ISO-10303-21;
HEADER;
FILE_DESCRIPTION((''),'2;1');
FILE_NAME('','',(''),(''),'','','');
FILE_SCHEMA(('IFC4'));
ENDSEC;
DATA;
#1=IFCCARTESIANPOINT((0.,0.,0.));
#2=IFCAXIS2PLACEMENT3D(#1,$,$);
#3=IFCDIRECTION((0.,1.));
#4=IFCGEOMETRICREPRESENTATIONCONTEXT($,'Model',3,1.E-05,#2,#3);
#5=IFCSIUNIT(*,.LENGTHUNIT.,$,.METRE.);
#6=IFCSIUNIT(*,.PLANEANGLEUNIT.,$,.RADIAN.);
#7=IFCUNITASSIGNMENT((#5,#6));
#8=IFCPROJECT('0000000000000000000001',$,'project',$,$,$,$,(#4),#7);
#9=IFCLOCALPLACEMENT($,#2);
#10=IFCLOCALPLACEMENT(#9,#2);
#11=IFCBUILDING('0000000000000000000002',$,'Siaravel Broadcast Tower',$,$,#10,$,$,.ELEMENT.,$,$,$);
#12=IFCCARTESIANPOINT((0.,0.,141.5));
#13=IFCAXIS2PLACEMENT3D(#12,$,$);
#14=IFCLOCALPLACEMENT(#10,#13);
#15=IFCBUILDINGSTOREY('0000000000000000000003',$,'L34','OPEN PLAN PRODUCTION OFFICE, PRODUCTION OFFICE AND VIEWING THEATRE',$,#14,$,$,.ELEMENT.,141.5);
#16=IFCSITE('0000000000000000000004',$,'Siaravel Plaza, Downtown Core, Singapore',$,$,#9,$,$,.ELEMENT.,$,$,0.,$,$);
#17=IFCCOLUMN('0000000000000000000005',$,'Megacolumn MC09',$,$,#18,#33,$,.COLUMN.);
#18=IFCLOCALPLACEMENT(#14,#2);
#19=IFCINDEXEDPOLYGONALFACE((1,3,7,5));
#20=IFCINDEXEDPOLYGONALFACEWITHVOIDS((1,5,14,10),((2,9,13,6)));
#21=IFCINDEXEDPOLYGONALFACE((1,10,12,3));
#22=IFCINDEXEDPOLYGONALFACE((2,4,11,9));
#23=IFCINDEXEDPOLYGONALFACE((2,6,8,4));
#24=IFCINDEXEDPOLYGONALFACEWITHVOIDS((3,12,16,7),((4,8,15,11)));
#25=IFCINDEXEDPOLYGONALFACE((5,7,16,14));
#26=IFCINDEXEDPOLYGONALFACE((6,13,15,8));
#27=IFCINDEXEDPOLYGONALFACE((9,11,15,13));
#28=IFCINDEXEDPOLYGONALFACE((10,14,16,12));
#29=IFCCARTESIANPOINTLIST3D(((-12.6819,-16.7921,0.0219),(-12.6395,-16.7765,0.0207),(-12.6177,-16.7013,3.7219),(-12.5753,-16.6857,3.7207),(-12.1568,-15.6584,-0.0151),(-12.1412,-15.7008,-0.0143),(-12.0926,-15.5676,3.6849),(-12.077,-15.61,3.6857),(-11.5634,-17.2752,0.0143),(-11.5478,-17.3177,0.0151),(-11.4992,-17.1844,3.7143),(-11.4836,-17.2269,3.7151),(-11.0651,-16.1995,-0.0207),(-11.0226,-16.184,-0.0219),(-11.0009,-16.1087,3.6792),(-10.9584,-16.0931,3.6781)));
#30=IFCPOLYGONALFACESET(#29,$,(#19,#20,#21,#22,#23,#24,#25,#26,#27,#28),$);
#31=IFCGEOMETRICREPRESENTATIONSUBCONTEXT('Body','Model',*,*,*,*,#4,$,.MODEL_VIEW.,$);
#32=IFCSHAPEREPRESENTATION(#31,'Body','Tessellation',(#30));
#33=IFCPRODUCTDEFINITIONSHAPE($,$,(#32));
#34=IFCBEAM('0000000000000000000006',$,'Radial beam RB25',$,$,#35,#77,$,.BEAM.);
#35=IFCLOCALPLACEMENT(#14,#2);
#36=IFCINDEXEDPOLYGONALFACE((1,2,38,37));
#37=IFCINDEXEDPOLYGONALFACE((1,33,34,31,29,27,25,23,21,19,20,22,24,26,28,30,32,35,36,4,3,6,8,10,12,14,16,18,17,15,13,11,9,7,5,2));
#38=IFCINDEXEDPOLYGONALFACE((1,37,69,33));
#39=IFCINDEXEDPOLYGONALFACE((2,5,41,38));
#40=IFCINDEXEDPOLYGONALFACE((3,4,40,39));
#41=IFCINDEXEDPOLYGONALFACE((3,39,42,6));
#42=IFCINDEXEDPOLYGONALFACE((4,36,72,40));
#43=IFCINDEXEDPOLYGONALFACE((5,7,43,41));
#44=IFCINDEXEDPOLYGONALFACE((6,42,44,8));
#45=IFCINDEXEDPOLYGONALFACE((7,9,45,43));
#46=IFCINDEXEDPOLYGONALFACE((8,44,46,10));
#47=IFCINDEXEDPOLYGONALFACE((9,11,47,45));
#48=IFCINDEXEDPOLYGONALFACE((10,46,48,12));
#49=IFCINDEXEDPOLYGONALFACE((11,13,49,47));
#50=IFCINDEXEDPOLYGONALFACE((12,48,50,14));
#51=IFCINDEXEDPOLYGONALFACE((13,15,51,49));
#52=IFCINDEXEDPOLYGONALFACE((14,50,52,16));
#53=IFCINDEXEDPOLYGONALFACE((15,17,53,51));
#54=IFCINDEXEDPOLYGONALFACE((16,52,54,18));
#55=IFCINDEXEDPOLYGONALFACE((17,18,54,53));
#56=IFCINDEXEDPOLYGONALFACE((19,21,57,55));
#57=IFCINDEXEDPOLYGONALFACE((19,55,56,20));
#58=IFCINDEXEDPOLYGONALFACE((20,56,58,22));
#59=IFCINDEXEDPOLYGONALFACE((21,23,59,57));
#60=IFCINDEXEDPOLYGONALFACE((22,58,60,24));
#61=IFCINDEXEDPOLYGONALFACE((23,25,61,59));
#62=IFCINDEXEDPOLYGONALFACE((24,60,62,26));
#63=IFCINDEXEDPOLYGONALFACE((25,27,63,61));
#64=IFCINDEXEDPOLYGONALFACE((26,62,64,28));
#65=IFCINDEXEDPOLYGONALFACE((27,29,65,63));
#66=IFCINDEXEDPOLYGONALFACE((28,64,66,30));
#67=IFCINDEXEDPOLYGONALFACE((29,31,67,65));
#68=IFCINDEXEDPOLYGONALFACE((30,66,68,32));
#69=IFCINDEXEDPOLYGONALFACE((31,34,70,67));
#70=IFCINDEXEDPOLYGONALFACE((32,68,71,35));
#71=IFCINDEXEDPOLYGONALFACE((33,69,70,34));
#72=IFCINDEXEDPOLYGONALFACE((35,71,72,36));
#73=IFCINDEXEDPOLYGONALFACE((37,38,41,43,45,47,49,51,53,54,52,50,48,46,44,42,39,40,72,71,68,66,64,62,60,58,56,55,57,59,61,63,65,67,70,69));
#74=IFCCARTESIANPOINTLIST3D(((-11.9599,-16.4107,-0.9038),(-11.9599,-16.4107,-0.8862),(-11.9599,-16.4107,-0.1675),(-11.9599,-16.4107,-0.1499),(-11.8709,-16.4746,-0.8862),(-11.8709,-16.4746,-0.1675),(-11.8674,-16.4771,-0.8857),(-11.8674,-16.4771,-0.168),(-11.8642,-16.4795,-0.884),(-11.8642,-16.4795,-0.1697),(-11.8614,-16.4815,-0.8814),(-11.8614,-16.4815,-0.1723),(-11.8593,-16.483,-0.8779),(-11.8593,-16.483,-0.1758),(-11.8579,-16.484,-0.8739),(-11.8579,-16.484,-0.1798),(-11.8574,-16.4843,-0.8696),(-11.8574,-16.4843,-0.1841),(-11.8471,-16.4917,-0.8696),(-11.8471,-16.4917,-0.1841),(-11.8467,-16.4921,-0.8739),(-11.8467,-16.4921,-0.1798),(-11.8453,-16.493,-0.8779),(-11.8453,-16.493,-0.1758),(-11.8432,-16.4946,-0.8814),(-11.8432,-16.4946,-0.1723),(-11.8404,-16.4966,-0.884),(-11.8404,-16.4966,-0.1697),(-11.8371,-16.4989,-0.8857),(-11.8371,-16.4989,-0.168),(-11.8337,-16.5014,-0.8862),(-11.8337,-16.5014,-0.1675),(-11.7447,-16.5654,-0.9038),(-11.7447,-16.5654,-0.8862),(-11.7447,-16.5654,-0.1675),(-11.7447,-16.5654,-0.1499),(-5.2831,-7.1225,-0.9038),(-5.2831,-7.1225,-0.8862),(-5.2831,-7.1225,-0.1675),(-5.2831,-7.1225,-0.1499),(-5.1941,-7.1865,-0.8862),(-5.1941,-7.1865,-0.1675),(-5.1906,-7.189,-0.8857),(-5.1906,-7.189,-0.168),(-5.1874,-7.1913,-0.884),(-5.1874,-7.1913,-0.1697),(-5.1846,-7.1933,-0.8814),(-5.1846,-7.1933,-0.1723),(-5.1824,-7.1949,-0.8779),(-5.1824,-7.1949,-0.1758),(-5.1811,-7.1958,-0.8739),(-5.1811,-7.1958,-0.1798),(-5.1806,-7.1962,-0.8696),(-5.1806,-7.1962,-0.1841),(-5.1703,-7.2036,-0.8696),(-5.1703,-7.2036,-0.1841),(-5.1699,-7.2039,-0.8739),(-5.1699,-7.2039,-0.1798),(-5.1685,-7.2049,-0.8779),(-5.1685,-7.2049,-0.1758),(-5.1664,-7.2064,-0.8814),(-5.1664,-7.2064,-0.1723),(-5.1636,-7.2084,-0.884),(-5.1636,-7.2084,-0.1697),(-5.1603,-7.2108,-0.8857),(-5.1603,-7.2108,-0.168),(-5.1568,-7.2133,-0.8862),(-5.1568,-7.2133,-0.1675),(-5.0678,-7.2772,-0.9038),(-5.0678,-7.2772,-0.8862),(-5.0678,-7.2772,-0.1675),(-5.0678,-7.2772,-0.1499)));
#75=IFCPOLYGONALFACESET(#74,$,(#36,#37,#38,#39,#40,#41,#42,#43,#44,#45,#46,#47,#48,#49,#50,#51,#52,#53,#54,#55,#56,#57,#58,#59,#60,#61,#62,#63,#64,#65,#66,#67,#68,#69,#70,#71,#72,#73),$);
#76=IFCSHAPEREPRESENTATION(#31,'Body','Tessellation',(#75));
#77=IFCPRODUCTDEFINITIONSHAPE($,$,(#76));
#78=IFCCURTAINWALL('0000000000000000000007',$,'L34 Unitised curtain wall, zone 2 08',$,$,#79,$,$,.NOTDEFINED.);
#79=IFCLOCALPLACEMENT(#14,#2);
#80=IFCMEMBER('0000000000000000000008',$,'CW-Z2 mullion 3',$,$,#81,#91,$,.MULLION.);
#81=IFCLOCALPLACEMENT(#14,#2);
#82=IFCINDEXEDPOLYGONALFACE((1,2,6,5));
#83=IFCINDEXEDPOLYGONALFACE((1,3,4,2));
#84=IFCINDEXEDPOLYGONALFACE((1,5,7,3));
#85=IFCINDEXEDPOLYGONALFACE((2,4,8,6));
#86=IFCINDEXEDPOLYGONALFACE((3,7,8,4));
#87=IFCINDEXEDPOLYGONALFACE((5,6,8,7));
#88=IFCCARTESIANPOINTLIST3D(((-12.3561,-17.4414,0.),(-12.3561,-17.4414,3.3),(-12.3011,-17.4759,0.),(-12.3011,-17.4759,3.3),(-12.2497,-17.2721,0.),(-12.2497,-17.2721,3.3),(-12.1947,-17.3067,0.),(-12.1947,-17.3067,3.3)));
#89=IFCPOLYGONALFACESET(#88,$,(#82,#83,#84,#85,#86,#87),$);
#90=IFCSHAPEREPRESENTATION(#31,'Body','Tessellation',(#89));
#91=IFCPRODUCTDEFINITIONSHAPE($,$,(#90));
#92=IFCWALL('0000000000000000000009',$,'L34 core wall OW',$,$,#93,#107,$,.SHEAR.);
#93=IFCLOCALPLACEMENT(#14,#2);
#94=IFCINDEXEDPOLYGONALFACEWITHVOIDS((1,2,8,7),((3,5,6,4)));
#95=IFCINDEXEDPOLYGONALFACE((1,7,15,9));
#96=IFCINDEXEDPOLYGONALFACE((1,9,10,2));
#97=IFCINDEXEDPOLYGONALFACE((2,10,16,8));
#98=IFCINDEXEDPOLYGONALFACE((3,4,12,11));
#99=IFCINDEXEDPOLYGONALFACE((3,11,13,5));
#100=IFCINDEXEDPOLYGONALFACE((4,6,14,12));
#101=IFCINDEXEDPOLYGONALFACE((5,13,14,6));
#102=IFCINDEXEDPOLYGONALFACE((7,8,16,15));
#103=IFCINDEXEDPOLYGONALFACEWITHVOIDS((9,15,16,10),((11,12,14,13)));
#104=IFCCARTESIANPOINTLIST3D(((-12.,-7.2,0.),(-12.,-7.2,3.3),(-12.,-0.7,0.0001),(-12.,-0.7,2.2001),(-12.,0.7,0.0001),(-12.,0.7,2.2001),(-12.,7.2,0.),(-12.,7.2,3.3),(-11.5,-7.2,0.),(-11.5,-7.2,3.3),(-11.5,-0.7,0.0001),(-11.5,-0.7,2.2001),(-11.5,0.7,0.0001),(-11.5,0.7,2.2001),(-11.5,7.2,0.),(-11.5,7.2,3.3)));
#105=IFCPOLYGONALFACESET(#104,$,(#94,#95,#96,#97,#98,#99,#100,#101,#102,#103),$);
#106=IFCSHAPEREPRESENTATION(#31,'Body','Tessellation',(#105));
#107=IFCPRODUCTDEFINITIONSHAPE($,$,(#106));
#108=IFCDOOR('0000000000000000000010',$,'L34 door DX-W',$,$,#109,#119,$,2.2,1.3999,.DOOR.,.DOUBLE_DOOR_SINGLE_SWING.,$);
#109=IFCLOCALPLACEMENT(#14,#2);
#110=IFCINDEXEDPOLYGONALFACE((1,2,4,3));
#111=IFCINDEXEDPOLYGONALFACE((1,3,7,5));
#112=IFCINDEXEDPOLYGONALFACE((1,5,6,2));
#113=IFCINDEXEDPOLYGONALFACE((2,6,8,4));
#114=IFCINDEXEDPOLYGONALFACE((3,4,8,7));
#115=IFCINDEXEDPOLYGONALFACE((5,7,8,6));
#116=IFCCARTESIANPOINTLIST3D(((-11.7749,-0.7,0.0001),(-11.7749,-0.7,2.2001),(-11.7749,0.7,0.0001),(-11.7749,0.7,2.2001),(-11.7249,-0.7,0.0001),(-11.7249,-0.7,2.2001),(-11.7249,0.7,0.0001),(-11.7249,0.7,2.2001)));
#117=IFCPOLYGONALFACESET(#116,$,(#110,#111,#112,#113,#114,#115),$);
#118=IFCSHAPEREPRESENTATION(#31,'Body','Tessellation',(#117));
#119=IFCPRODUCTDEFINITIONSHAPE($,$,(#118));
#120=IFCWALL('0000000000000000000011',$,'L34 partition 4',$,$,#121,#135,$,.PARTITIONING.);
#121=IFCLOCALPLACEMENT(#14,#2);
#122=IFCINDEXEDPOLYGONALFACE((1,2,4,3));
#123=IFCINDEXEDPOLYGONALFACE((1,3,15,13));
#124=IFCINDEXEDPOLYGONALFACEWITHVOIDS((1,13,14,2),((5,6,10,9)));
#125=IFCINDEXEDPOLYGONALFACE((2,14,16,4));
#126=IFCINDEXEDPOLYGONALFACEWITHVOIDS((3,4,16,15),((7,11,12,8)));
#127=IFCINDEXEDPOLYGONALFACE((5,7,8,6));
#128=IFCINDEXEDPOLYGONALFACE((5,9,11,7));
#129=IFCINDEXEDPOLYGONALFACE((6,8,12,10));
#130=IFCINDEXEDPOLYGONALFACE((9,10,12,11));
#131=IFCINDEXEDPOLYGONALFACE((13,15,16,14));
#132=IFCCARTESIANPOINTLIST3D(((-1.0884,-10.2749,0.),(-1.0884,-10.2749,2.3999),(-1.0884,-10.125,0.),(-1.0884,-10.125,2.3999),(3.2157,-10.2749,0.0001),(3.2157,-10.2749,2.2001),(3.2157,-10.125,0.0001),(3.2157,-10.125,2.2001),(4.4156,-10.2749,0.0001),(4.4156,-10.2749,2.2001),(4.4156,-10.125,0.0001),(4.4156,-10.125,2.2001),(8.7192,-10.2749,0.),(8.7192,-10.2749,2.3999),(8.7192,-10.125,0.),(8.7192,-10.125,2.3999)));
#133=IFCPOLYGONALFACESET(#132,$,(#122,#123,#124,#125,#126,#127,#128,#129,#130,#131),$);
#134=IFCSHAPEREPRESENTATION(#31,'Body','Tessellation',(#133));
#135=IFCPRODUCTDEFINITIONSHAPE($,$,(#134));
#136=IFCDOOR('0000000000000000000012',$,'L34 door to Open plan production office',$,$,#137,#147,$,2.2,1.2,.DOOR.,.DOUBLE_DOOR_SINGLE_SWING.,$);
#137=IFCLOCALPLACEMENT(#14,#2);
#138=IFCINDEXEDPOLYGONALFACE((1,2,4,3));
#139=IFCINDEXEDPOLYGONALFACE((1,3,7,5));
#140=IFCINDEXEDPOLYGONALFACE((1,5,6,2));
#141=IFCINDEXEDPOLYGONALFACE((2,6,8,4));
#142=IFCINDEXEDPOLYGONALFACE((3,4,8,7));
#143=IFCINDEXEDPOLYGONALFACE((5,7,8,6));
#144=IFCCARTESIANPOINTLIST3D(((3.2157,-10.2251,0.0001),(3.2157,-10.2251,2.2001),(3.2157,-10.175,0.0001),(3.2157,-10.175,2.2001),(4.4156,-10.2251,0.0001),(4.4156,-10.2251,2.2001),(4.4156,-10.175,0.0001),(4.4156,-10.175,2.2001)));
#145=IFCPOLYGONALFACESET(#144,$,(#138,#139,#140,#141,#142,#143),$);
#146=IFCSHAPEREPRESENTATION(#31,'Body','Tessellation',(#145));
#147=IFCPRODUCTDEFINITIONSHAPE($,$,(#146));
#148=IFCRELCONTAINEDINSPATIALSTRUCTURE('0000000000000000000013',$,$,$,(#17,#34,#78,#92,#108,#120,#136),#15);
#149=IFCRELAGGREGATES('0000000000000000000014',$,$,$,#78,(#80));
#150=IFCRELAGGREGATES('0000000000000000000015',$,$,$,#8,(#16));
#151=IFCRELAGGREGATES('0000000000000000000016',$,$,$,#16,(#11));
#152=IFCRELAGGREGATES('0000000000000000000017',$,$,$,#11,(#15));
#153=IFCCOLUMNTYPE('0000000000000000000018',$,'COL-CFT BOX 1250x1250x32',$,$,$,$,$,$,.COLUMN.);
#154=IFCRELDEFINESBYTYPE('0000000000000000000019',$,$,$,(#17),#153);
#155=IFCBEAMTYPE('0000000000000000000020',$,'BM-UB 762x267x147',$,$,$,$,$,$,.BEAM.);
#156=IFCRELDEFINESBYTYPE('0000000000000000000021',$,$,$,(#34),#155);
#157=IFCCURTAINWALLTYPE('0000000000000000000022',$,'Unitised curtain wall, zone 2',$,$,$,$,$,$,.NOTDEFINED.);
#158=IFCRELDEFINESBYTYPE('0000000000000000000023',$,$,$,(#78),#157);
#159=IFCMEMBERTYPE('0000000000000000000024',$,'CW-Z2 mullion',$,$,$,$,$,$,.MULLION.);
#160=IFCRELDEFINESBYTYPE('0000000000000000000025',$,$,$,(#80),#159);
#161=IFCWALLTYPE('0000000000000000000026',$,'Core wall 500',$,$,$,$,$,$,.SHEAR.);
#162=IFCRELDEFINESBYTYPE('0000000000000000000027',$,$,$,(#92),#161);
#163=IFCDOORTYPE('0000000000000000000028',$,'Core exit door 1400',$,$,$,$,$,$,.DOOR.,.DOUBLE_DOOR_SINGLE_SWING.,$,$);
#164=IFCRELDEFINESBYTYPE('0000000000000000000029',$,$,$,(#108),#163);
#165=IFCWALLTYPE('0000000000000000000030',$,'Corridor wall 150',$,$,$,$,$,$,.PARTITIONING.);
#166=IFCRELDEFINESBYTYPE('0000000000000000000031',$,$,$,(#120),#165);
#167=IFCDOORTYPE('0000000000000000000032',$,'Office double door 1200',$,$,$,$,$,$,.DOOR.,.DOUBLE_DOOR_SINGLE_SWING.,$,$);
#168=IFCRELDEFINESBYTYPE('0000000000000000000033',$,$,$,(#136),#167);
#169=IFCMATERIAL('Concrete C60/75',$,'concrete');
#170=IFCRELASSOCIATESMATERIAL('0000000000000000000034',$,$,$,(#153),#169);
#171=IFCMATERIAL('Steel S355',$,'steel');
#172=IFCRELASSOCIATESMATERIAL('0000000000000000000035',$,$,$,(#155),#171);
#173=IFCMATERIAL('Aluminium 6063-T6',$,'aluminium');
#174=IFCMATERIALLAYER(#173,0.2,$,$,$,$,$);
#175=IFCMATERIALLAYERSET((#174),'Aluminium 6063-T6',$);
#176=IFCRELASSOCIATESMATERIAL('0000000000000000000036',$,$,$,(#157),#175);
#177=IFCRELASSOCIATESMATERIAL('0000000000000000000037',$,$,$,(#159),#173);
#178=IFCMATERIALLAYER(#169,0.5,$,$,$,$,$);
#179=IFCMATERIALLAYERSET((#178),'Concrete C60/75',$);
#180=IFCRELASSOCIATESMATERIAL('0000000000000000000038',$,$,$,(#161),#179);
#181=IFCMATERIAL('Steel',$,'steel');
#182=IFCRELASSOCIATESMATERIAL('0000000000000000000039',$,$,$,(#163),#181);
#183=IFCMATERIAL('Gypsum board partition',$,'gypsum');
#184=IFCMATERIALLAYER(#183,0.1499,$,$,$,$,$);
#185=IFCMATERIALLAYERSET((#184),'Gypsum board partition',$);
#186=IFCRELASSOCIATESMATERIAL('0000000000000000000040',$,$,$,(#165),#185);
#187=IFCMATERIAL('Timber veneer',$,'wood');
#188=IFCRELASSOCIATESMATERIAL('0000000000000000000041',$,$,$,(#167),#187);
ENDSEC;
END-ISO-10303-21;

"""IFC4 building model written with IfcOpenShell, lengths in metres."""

from ifc_helpers import new_model, si_unit, direction, frame, frame_2d, origin, origin_2d, place, context, subcontext, project, spatial, rectangle, hollow_rectangle, i_section, extrude, material, layer, layer_set, material_profile, profile_set, type_object, element, fill, aggregate, save


model = new_model("IFC4")

# Units and contexts
model_context = context("Model", 3, precision=1e-05, world=origin(), true_north=direction((0.0, 1.0)))
body_context = subcontext(model_context, "Body", "Model", "MODEL_VIEW")
ifc_project = project(units=[si_unit("LENGTHUNIT", "METRE"), si_unit("PLANEANGLEUNIT", "RADIAN")], contexts=[model_context])

# Site, building, storey
site_placement = place(None, origin())
site = spatial("IfcSite", under=ifc_project, at=site_placement, Name="Siaravel Plaza, Downtown Core, Singapore", CompositionType="ELEMENT", RefElevation=0.0)
building_placement = place(site_placement, origin())
building = spatial("IfcBuilding", under=site, at=building_placement, Name="Siaravel Broadcast Tower", CompositionType="ELEMENT")
storey_placement = place(building_placement, frame((0.0, 0.0, 141.5)))
storey = spatial("IfcBuildingStorey", under=building, at=storey_placement, Name="L34", Description="OPEN PLAN PRODUCTION OFFICE, PRODUCTION OFFICE AND VIEWING THEATRE", CompositionType="ELEMENT", Elevation=141.5)

# Column
ifc_material_1 = material(Name="Concrete C60/75", Category="concrete")
ifc_material_profile_1 = material_profile(ifc_material_1, hollow_rectangle(XDim=1.25, YDim=1.25, WallThickness=0.032, at=origin_2d()))
ifc_profile_set_1 = profile_set([ifc_material_profile_1], Name="Concrete C60/75")
column_type = type_object("IfcColumnType", Name="COL-CFT BOX 1250x1250x32", PredefinedType="COLUMN", material=ifc_profile_set_1)
column_placement = place(storey_placement, frame((-11.8523, -16.488, 0.0), z_axis=(0.017346, 0.024535, 0.999548), x_axis=(-0.907291, 0.420467, 0.005424)))
element("IfcColumn", 1, at=column_placement, inside=storey, type_object=column_type, Name="Megacolumn MC09", PredefinedType="COLUMN", context=body_context, shape_type="SweptSolid", body=[
    extrude(hollow_rectangle(XDim=1.25, YDim=1.25, WallThickness=0.032, at=origin_2d()), origin(), (0.0, 0.0, 1.0), 3.7017),
])

# Beam
ifc_material_2 = material(Name="Steel S355", Category="steel")
ifc_material_profile_2 = material_profile(ifc_material_2, i_section(OverallWidth=0.2651, OverallDepth=0.7539, WebThickness=0.0127, FlangeThickness=0.0176, FilletRadius=0.0166, at=origin_2d()))
ifc_profile_set_2 = profile_set([ifc_material_profile_2], Name="Steel S355")
beam_type = type_object("IfcBeamType", Name="BM-UB 762x267x147", PredefinedType="BEAM", material=ifc_profile_set_2)
beam_placement = place(storey_placement, frame((-11.8523, -16.488, -0.5269), z_axis=(0.583691, 0.811976, 0.0), x_axis=(-0.811976, 0.583691, 0.0)))
element("IfcBeam", 2, at=beam_placement, inside=storey, type_object=beam_type, Name="Radial beam RB25", PredefinedType="BEAM", context=body_context, shape_type="SweptSolid", body=[
    extrude(i_section(OverallWidth=0.2651, OverallDepth=0.7539, WebThickness=0.0127, FlangeThickness=0.0176, FilletRadius=0.0166, at=origin_2d()), origin(), (0.0, 0.0, 1.0), 11.439),
])

# Curtain wall, member
ifc_material_3 = material(Name="Aluminium 6063-T6", Category="aluminium")
ifc_layer_1 = layer(ifc_material_3, 0.2)
ifc_layer_set_1 = layer_set([ifc_layer_1], Name="Aluminium 6063-T6")
curtain_wall_type = type_object("IfcCurtainWallType", Name="Unitised curtain wall, zone 2", PredefinedType="NOTDEFINED", material=ifc_layer_set_1)
curtain_wall_placement = place(storey_placement, origin())
curtain_wall = element("IfcCurtainWall", 3, at=curtain_wall_placement, inside=storey, type_object=curtain_wall_type, Name="L34 Unitised curtain wall, zone 2 08", PredefinedType="NOTDEFINED")
ifc_material_profile_3 = material_profile(ifc_material_3, rectangle(XDim=0.2, YDim=0.0649, at=origin_2d()))
ifc_profile_set_3 = profile_set([ifc_material_profile_3], Name="Aluminium 6063-T6")
member_type = type_object("IfcMemberType", Name="CW-Z2 mullion", PredefinedType="MULLION", material=ifc_profile_set_3)
member_placement = place(storey_placement, frame((-12.2754, -17.374, 0.0), z_axis=(0.0, 0.0, 1.0), x_axis=(0.53215, 0.84665, 0.0)))
member = element("IfcMember", 4, at=member_placement, type_object=member_type, Name="CW-Z2 mullion 3", PredefinedType="MULLION", context=body_context, shape_type="SweptSolid", body=[
    extrude(rectangle(XDim=0.2, YDim=0.0649, at=origin_2d()), origin(), (0.0, 0.0, 1.0), 3.3),
])
aggregate(curtain_wall, [member])

# Walls, openings, doors
ifc_layer_2 = layer(ifc_material_1, 0.5)
ifc_layer_set_2 = layer_set([ifc_layer_2], Name="Concrete C60/75")
wall_type_1 = type_object("IfcWallType", Name="Core wall 500", PredefinedType="SHEAR", material=ifc_layer_set_2)
wall_1_placement = place(storey_placement, frame((-11.75, -7.2, 0.0), z_axis=(0.0, 0.0, 1.0), x_axis=(0.0, 1.0, 0.0)))
wall_1 = element("IfcWall", 5, at=wall_1_placement, inside=storey, type_object=wall_type_1, Name="L34 core wall OW", PredefinedType="SHEAR", context=body_context, shape_type="SweptSolid", body=[
    extrude(rectangle(XDim=14.3999, YDim=0.5, at=frame_2d((7.2, 0.0))), origin(), (0.0, 0.0, 1.0), 3.3),
])
opening_1_placement = place(wall_1_placement, frame((6.5, 0.0, 0.0)))
opening_1 = element("IfcOpeningElement", 6, at=opening_1_placement, cuts=wall_1, PredefinedType="OPENING", context=body_context, shape_type="SweptSolid", body=[
    extrude(rectangle(XDim=1.3999, YDim=2.2, at=frame_2d((0.7, 1.1001))), frame((0.0, 0.26, 0.0), z_axis=(0.0, -1.0, 0.0), x_axis=(1.0, 0.0, 0.0)), (0.0, 0.0, 1.0), 0.52),
])
ifc_material_4 = material(Name="Steel", Category="steel")
door_type_1 = type_object("IfcDoorType", Name="Core exit door 1400", OperationType="DOUBLE_DOOR_SINGLE_SWING", PredefinedType="DOOR", material=ifc_material_4)
door_1_placement = place(opening_1_placement, origin())
door_1 = element("IfcDoor", 7, at=door_1_placement, inside=storey, type_object=door_type_1, Name="L34 door DX-W", OperationType="DOUBLE_DOOR_SINGLE_SWING", OverallHeight=2.2, OverallWidth=1.3999, PredefinedType="DOOR", context=body_context, shape_type="SweptSolid", body=[
    extrude(rectangle(XDim=1.3999, YDim=2.2, at=frame_2d((0.7, 1.1001))), frame((0.0, 0.0249, 0.0), z_axis=(0.0, -1.0, 0.0), x_axis=(1.0, 0.0, 0.0)), (0.0, 0.0, 1.0), 0.05),
])
fill(opening_1, door_1)
ifc_material_5 = material(Name="Gypsum board partition", Category="gypsum")
ifc_layer_3 = layer(ifc_material_5, 0.1499)
ifc_layer_set_3 = layer_set([ifc_layer_3], Name="Gypsum board partition")
wall_type_2 = type_object("IfcWallType", Name="Corridor wall 150", PredefinedType="PARTITIONING", material=ifc_layer_set_3)
wall_2_placement = place(storey_placement, frame((-1.0884, -10.2, 0.0), z_axis=(0.0, 0.0, 1.0), x_axis=(1.0, 0.0, 0.0)))
wall_2 = element("IfcWall", 8, at=wall_2_placement, inside=storey, type_object=wall_type_2, Name="L34 partition 4", PredefinedType="PARTITIONING", context=body_context, shape_type="SweptSolid", body=[
    extrude(rectangle(XDim=9.8076, YDim=0.1499, at=frame_2d((4.9038, 0.0))), origin(), (0.0, 0.0, 1.0), 2.3999),
])
opening_2_placement = place(wall_2_placement, frame((4.304, 0.0, 0.0)))
opening_2 = element("IfcOpeningElement", 9, at=opening_2_placement, cuts=wall_2, PredefinedType="OPENING", context=body_context, shape_type="SweptSolid", body=[
    extrude(rectangle(XDim=1.2, YDim=2.2, at=frame_2d((0.6001, 1.1001))), frame((0.0, 0.085, 0.0), z_axis=(0.0, -1.0, 0.0), x_axis=(1.0, 0.0, 0.0)), (0.0, 0.0, 1.0), 0.1699),
])
ifc_material_6 = material(Name="Timber veneer", Category="wood")
door_type_2 = type_object("IfcDoorType", Name="Office double door 1200", OperationType="DOUBLE_DOOR_SINGLE_SWING", PredefinedType="DOOR", material=ifc_material_6)
door_2_placement = place(opening_2_placement, origin())
door_2 = element("IfcDoor", 10, at=door_2_placement, inside=storey, type_object=door_type_2, Name="L34 door to Open plan production office", OperationType="DOUBLE_DOOR_SINGLE_SWING", OverallHeight=2.2, OverallWidth=1.2, PredefinedType="DOOR", context=body_context, shape_type="SweptSolid", body=[
    extrude(rectangle(XDim=1.2, YDim=2.2, at=frame_2d((0.6001, 1.1001))), frame((0.0, 0.0249, 0.0), z_axis=(0.0, -1.0, 0.0), x_axis=(1.0, 0.0, 0.0)), (0.0, 0.0, 1.0), 0.05),
])
fill(opening_2, door_2)

save(model, "model.ifc")
